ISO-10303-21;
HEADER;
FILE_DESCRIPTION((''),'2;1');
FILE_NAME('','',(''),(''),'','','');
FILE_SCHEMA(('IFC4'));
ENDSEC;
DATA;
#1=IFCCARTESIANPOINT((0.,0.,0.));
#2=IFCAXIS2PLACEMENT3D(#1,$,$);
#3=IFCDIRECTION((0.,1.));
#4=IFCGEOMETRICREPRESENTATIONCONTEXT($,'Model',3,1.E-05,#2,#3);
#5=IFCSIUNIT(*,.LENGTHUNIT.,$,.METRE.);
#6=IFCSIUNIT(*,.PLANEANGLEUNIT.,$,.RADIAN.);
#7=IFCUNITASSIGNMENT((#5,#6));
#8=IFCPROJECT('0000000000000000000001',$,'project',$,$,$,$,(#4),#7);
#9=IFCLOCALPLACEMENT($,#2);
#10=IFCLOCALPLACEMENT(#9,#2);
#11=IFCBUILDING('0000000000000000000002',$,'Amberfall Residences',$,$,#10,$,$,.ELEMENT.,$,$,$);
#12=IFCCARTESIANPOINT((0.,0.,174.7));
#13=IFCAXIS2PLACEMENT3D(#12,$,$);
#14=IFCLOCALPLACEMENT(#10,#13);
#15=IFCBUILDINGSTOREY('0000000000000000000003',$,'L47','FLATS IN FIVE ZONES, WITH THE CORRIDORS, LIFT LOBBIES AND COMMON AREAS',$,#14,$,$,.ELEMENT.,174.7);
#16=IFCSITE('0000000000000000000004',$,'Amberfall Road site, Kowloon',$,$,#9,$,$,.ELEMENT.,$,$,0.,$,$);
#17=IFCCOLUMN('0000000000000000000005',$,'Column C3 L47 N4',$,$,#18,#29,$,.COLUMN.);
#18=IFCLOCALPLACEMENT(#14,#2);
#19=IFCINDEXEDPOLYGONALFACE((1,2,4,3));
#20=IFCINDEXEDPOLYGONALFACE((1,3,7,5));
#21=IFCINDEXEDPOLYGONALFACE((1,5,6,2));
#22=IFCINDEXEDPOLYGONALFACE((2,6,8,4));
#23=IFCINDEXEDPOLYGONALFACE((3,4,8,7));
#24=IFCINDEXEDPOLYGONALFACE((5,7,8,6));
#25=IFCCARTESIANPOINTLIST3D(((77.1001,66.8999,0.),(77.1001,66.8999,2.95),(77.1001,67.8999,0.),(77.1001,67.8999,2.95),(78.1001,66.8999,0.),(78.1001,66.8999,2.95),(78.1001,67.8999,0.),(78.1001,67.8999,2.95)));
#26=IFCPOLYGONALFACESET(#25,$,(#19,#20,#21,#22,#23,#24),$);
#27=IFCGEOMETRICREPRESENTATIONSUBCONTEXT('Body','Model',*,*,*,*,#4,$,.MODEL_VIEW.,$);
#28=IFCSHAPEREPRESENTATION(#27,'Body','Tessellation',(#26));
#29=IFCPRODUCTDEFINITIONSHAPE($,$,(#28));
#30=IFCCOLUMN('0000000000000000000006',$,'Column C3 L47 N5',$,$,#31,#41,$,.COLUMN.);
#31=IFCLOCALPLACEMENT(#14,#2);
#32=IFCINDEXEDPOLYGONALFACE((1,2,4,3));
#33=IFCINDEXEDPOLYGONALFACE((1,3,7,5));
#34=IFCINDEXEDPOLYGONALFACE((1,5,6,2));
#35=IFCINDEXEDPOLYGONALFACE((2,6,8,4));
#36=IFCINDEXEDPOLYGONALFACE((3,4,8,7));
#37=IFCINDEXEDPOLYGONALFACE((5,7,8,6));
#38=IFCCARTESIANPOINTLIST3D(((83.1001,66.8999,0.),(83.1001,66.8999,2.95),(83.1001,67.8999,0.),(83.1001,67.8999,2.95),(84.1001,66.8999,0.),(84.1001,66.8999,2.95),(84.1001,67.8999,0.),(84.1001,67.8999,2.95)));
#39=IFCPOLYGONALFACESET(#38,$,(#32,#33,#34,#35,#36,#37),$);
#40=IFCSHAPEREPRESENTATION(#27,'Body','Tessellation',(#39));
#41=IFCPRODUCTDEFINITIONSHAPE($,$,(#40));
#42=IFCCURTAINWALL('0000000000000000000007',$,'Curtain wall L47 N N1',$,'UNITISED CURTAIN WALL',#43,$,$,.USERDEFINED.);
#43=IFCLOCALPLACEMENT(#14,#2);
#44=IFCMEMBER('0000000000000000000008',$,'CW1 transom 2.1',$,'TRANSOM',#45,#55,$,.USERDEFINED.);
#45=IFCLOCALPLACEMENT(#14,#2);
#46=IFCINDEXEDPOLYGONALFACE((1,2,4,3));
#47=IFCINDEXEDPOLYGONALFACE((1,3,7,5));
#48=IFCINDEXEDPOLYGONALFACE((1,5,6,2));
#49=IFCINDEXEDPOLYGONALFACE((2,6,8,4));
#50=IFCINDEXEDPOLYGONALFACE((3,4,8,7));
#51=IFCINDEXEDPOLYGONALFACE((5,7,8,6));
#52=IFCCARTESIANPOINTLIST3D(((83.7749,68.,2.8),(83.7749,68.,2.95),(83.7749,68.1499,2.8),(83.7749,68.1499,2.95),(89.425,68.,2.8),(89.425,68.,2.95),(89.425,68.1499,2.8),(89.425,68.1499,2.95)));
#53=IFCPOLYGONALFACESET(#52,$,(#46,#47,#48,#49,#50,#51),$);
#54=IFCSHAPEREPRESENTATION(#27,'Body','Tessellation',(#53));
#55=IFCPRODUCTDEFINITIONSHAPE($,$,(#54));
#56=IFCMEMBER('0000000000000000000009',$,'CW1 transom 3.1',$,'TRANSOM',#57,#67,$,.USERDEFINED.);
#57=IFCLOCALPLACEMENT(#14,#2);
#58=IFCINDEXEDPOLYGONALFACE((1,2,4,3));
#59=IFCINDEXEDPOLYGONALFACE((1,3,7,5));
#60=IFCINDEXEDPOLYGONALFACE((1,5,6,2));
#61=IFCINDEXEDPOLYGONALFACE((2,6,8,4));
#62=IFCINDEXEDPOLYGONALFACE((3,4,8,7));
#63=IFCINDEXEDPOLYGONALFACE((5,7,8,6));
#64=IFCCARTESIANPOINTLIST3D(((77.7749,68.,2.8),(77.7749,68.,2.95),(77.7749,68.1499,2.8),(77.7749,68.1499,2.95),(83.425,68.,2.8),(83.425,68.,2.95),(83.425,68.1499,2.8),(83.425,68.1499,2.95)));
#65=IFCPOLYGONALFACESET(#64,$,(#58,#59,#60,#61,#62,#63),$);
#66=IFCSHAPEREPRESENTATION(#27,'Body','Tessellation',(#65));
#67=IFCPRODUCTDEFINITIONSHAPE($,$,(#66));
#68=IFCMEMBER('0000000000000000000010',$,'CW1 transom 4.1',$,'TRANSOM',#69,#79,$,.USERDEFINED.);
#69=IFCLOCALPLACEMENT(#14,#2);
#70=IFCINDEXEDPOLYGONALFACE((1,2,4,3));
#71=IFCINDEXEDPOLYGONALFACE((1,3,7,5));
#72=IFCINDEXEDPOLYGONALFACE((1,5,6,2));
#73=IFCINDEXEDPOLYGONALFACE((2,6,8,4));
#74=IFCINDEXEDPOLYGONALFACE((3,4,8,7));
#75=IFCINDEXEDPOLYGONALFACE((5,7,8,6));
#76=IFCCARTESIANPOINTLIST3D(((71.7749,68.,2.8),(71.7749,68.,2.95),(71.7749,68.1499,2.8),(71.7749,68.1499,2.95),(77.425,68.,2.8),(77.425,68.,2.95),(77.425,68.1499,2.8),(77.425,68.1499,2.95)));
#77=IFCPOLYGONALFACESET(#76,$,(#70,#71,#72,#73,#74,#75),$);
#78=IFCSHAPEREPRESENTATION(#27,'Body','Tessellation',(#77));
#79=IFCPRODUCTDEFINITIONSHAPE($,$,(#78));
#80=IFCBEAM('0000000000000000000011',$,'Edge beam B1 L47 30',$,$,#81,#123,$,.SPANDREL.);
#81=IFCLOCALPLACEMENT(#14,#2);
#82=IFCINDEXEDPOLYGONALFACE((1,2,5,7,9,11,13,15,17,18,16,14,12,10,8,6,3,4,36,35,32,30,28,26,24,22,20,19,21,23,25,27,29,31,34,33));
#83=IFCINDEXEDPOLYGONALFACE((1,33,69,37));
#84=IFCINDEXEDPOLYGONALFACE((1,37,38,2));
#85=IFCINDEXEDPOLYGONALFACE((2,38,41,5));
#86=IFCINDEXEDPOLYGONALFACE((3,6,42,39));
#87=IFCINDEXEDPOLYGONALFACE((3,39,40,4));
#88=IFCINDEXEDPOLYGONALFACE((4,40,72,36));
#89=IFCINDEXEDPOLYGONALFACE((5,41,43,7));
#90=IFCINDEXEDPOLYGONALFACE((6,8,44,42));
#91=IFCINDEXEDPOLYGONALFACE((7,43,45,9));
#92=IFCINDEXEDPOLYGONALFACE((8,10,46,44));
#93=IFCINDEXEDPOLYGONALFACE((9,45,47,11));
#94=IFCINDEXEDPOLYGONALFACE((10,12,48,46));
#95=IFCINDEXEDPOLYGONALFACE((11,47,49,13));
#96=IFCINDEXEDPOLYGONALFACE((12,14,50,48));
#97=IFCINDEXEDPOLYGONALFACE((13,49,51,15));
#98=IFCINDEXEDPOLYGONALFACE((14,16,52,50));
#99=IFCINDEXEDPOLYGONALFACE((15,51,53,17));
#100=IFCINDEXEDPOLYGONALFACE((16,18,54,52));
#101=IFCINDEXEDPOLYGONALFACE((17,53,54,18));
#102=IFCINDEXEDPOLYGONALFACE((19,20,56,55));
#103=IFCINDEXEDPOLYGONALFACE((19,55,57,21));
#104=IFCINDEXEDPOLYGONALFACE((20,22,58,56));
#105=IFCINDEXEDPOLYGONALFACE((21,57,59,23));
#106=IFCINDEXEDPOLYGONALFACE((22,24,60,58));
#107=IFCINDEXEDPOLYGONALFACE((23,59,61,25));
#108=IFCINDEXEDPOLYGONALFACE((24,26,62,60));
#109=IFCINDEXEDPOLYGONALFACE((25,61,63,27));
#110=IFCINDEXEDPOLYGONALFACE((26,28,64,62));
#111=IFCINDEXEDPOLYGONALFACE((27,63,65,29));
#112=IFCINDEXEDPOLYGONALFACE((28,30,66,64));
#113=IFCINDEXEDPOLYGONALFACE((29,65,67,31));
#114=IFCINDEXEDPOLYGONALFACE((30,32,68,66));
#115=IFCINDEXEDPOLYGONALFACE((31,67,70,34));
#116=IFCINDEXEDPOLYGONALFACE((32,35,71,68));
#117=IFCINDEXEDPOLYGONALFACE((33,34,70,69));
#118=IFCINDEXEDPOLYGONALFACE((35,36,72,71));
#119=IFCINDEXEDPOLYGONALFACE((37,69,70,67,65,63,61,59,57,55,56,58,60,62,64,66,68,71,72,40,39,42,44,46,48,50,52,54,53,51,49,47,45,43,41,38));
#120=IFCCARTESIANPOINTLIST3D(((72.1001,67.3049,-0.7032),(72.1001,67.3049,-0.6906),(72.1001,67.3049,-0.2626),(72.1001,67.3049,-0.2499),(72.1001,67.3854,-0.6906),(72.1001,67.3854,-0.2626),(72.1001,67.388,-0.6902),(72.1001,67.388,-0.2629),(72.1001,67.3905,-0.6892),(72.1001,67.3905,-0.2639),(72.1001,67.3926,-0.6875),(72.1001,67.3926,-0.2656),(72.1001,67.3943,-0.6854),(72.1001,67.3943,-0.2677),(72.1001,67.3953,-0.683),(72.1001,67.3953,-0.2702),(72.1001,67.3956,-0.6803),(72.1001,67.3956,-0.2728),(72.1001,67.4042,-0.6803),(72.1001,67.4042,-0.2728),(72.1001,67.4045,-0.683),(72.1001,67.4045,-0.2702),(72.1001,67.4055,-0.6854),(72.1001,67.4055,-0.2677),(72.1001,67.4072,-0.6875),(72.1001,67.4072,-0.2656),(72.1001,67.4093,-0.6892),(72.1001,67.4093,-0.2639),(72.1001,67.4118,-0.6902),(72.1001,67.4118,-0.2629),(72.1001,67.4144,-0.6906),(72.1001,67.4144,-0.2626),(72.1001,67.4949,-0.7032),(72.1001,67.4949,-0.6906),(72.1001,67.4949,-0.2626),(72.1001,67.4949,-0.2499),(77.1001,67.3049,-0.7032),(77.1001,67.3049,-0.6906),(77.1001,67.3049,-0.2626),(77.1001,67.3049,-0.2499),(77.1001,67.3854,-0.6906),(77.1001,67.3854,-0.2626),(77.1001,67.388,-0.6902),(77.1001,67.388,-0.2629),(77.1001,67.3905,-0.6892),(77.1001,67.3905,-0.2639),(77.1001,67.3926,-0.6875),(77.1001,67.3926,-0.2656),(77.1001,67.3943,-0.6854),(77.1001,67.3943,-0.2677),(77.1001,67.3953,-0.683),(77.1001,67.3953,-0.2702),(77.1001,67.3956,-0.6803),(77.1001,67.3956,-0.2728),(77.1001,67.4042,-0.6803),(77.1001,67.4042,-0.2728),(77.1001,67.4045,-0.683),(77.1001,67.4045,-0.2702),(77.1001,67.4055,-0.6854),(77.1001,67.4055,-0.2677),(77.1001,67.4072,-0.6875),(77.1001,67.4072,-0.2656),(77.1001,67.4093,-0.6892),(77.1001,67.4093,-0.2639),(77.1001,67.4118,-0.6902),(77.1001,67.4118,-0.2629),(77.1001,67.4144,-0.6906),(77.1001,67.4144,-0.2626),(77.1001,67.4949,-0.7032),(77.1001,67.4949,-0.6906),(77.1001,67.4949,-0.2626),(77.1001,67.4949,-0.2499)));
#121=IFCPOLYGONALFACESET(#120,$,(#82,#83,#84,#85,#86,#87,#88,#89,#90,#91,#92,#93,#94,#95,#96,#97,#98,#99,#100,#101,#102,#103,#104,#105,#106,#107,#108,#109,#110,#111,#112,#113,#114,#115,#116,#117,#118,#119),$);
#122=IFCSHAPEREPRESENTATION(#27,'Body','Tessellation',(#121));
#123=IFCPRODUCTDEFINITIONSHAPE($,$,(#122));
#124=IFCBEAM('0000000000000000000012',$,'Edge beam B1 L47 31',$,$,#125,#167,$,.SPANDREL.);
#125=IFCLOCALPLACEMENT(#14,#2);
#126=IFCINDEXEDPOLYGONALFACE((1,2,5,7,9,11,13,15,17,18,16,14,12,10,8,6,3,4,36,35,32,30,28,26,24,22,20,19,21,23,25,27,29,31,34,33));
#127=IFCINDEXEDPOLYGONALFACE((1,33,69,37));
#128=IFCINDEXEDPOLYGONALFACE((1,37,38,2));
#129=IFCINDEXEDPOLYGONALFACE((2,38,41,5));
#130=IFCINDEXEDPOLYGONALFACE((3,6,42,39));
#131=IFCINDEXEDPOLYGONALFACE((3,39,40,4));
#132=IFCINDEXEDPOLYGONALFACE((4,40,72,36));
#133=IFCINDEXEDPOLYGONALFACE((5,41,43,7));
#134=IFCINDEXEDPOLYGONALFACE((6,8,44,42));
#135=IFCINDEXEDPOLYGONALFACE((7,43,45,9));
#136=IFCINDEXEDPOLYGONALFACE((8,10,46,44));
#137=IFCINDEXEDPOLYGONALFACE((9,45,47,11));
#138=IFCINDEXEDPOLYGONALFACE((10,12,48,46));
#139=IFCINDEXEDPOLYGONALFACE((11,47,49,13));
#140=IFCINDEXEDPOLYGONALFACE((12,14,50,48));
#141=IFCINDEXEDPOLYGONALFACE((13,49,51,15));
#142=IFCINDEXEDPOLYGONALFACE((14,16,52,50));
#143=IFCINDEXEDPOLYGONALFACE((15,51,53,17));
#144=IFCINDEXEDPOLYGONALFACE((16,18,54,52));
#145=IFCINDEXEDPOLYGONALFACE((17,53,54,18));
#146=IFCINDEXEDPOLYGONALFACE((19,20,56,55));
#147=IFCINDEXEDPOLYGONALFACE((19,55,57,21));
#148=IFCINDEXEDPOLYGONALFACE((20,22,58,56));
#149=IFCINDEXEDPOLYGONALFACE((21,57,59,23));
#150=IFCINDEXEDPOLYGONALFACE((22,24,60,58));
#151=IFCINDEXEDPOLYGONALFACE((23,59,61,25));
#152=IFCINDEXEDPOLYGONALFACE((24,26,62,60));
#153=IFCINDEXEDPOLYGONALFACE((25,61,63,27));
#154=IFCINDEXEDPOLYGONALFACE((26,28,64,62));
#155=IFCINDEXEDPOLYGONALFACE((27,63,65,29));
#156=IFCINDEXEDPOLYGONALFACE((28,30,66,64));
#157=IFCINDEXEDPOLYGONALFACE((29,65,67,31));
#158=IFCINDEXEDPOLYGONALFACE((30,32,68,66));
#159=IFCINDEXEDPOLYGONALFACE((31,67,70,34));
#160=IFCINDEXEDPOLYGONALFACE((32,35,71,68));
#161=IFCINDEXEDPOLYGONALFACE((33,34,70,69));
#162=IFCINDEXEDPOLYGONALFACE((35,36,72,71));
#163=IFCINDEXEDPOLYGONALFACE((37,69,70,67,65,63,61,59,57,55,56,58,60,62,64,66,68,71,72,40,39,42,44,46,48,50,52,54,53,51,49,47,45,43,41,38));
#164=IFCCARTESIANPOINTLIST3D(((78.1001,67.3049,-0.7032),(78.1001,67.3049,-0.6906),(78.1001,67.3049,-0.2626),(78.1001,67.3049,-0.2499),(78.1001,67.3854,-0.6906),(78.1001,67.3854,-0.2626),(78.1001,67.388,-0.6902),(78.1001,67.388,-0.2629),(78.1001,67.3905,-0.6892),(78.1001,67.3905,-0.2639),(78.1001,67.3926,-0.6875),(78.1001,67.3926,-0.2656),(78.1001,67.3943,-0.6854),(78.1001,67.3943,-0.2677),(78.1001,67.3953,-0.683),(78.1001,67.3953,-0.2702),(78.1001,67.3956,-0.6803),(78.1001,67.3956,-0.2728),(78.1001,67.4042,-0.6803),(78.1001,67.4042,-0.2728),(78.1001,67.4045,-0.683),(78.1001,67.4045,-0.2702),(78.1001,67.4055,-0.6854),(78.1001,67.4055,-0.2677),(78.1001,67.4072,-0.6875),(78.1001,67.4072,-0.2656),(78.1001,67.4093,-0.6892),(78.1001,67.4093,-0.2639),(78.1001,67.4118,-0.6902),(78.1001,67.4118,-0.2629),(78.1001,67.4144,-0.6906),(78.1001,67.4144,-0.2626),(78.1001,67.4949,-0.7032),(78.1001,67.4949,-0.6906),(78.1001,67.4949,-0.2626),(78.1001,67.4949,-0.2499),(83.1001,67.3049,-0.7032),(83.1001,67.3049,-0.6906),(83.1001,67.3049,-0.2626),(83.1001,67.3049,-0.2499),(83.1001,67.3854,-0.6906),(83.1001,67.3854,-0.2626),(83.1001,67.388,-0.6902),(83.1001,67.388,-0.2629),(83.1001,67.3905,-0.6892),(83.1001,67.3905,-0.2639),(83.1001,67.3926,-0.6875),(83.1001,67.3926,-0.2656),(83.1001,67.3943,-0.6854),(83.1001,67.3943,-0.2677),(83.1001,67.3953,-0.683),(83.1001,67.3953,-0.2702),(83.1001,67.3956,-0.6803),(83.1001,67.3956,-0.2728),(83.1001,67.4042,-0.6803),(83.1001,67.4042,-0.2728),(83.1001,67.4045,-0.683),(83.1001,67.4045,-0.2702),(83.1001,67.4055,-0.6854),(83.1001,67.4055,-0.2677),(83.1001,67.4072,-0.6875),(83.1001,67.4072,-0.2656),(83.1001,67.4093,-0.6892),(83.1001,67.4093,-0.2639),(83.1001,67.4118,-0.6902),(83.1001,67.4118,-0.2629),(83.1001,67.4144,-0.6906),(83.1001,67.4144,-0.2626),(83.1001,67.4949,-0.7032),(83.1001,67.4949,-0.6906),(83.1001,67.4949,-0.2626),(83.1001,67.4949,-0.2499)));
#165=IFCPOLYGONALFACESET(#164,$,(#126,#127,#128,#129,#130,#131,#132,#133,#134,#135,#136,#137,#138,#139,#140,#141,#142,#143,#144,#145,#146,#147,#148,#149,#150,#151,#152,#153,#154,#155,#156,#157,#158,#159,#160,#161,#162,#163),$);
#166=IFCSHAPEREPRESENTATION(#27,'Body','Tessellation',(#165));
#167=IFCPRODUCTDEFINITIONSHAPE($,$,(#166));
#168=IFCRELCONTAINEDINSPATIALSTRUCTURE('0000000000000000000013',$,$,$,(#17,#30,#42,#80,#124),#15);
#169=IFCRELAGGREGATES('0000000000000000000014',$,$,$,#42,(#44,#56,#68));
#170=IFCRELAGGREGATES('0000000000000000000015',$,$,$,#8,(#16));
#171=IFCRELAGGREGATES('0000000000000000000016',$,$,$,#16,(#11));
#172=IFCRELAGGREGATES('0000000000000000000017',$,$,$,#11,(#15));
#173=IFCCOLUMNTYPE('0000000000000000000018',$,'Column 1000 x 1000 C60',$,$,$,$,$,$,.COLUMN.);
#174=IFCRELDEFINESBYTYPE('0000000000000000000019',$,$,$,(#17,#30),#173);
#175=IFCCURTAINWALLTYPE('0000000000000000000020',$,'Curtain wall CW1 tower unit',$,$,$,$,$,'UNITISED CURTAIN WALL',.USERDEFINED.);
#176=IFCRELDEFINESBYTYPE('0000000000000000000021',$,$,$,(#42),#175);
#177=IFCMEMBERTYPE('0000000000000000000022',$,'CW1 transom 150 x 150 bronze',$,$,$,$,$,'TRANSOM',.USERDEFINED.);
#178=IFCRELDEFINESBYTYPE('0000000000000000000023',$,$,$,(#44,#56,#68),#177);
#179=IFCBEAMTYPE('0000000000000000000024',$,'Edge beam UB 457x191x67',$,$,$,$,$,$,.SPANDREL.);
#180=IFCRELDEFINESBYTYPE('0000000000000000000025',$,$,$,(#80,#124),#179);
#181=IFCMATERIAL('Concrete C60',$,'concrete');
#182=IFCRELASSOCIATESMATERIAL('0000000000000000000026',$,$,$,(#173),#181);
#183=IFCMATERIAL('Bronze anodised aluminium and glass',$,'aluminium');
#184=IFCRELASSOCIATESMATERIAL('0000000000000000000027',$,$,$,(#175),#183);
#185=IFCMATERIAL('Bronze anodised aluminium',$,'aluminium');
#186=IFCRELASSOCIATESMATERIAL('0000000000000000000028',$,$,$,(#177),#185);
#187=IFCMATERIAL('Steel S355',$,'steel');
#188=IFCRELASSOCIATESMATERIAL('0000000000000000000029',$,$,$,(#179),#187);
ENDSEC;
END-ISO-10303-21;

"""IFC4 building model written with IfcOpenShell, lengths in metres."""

from ifc_helpers import new_model, si_unit, direction, frame, origin, origin_2d, place, context, subcontext, project, spatial, rectangle, i_section, extrude, material, material_profile, profile_set, type_object, element, aggregate, save


model = new_model("IFC4")

# Units and contexts
model_context = context("Model", 3, precision=1e-05, world=origin(), true_north=direction((0.0, 1.0)))
body_context = subcontext(model_context, "Body", "Model", "MODEL_VIEW")
ifc_project = project(units=[si_unit("LENGTHUNIT", "METRE"), si_unit("PLANEANGLEUNIT", "RADIAN")], contexts=[model_context])

# Site, building, storey
site_placement = place(None, origin())
site = spatial("IfcSite", under=ifc_project, at=site_placement, Name="Amberfall Road site, Kowloon", CompositionType="ELEMENT", RefElevation=0.0)
building_placement = place(site_placement, origin())
building = spatial("IfcBuilding", under=site, at=building_placement, Name="Amberfall Residences", CompositionType="ELEMENT")
storey_placement = place(building_placement, frame((0.0, 0.0, 174.7)))
storey = spatial("IfcBuildingStorey", under=building, at=storey_placement, Name="L47", Description="FLATS IN FIVE ZONES, WITH THE CORRIDORS, LIFT LOBBIES AND COMMON AREAS", CompositionType="ELEMENT", Elevation=174.7)

# Columns
ifc_material_1 = material(Name="Concrete C60", Category="concrete")
ifc_material_profile_1 = material_profile(ifc_material_1, rectangle(XDim=1.0, YDim=1.0, at=origin_2d()), Name="Column 1000 x 1000 C60")
ifc_profile_set_1 = profile_set([ifc_material_profile_1], Name="Concrete C60")
column_type = type_object("IfcColumnType", Name="Column 1000 x 1000 C60", PredefinedType="COLUMN", material=ifc_profile_set_1)
for number, where, z_axis, x_axis, name in (
    (1, (77.6001, 67.3999, 0.0), (0.0, 0.0, 1.0), (1.0, 0.0, 0.0), "Column C3 L47 N4"),
    (2, (83.6001, 67.3999, 0.0), (0.0, 0.0, 1.0), (1.0, 0.0, 0.0), "Column C3 L47 N5"),
):
    element("IfcColumn", number, at=place(storey_placement, frame(where, z_axis=z_axis, x_axis=x_axis)), inside=storey, type_object=column_type, Name=name, PredefinedType="COLUMN", context=body_context, shape_type="SweptSolid", body=[
        extrude(rectangle(XDim=1.0, YDim=1.0, at=origin_2d()), origin(), (0.0, 0.0, 1.0), 2.95),
    ])

# Curtain wall, members
ifc_material_2 = material(Name="Bronze anodised aluminium and glass", Category="aluminium")
curtain_wall_type = type_object("IfcCurtainWallType", Name="Curtain wall CW1 tower unit", ElementType="UNITISED CURTAIN WALL", PredefinedType="USERDEFINED", material=ifc_material_2)
curtain_wall_placement = place(storey_placement, origin())
curtain_wall = element("IfcCurtainWall", 3, at=curtain_wall_placement, inside=storey, type_object=curtain_wall_type, Name="Curtain wall L47 N N1", ObjectType="UNITISED CURTAIN WALL", PredefinedType="USERDEFINED")
ifc_material_3 = material(Name="Bronze anodised aluminium", Category="aluminium")
ifc_material_profile_2 = material_profile(ifc_material_3, rectangle(XDim=0.1499, YDim=0.1499, at=origin_2d()), Name="CW1 transom 150 x 150 bronze")
ifc_profile_set_2 = profile_set([ifc_material_profile_2], Name="Bronze anodised aluminium")
member_type_1 = type_object("IfcMemberType", Name="CW1 transom 150 x 150 bronze", ElementType="TRANSOM", PredefinedType="USERDEFINED", material=ifc_profile_set_2)
member_1_placement = place(storey_placement, frame((89.425, 68.075, 2.875), z_axis=(-1.0, 0.0, 0.0), x_axis=(0.0, -1.0, 0.0)))
member_1 = element("IfcMember", 4, at=member_1_placement, type_object=member_type_1, Name="CW1 transom 2.1", ObjectType="TRANSOM", PredefinedType="USERDEFINED", context=body_context, shape_type="SweptSolid", body=[
    extrude(rectangle(XDim=0.1499, YDim=0.1499, at=origin_2d()), origin(), (0.0, 0.0, 1.0), 5.6501),
])
member_2_placement = place(storey_placement, frame((83.425, 68.075, 2.875), z_axis=(-1.0, 0.0, 0.0), x_axis=(0.0, -1.0, 0.0)))
member_2 = element("IfcMember", 5, at=member_2_placement, type_object=member_type_1, Name="CW1 transom 3.1", ObjectType="TRANSOM", PredefinedType="USERDEFINED", context=body_context, shape_type="SweptSolid", body=[
    extrude(rectangle(XDim=0.1499, YDim=0.1499, at=origin_2d()), origin(), (0.0, 0.0, 1.0), 5.6501),
])
member_3_placement = place(storey_placement, frame((77.425, 68.075, 2.875), z_axis=(-1.0, 0.0, 0.0), x_axis=(0.0, -1.0, 0.0)))
member_3 = element("IfcMember", 6, at=member_3_placement, type_object=member_type_1, Name="CW1 transom 4.1", ObjectType="TRANSOM", PredefinedType="USERDEFINED", context=body_context, shape_type="SweptSolid", body=[
    extrude(rectangle(XDim=0.1499, YDim=0.1499, at=origin_2d()), origin(), (0.0, 0.0, 1.0), 5.6501),
])

# Beams
ifc_material_4 = material(Name="Steel S355", Category="steel")
ifc_material_profile_3 = material_profile(ifc_material_4, i_section(OverallWidth=0.1899, OverallDepth=0.4534, WebThickness=0.0085, FlangeThickness=0.0127, FilletRadius=0.0103, at=origin_2d()), Name="UB 457x191x67")
ifc_profile_set_3 = profile_set([ifc_material_profile_3], Name="Steel S355")
beam_type_1 = type_object("IfcBeamType", Name="Edge beam UB 457x191x67", PredefinedType="SPANDREL", material=ifc_profile_set_3)
for number, where, z_axis, x_axis, name in (
    (7, (72.1001, 67.3999, -0.4766), (1.0, 0.0, 0.0), (0.0, 1.0, 0.0), "Edge beam B1 L47 30"),
    (8, (78.1001, 67.3999, -0.4766), (1.0, 0.0, 0.0), (0.0, 1.0, 0.0), "Edge beam B1 L47 31"),
):
    element("IfcBeam", number, at=place(storey_placement, frame(where, z_axis=z_axis, x_axis=x_axis)), inside=storey, type_object=beam_type_1, Name=name, PredefinedType="SPANDREL", context=body_context, shape_type="SweptSolid", body=[
        extrude(i_section(OverallWidth=0.1899, OverallDepth=0.4534, WebThickness=0.0085, FlangeThickness=0.0127, FilletRadius=0.0103, at=origin_2d()), origin(), (0.0, 0.0, 1.0), 5.0),
    ])

aggregate(curtain_wall, [member_1, member_2, member_3])

save(model, "model.ifc")
